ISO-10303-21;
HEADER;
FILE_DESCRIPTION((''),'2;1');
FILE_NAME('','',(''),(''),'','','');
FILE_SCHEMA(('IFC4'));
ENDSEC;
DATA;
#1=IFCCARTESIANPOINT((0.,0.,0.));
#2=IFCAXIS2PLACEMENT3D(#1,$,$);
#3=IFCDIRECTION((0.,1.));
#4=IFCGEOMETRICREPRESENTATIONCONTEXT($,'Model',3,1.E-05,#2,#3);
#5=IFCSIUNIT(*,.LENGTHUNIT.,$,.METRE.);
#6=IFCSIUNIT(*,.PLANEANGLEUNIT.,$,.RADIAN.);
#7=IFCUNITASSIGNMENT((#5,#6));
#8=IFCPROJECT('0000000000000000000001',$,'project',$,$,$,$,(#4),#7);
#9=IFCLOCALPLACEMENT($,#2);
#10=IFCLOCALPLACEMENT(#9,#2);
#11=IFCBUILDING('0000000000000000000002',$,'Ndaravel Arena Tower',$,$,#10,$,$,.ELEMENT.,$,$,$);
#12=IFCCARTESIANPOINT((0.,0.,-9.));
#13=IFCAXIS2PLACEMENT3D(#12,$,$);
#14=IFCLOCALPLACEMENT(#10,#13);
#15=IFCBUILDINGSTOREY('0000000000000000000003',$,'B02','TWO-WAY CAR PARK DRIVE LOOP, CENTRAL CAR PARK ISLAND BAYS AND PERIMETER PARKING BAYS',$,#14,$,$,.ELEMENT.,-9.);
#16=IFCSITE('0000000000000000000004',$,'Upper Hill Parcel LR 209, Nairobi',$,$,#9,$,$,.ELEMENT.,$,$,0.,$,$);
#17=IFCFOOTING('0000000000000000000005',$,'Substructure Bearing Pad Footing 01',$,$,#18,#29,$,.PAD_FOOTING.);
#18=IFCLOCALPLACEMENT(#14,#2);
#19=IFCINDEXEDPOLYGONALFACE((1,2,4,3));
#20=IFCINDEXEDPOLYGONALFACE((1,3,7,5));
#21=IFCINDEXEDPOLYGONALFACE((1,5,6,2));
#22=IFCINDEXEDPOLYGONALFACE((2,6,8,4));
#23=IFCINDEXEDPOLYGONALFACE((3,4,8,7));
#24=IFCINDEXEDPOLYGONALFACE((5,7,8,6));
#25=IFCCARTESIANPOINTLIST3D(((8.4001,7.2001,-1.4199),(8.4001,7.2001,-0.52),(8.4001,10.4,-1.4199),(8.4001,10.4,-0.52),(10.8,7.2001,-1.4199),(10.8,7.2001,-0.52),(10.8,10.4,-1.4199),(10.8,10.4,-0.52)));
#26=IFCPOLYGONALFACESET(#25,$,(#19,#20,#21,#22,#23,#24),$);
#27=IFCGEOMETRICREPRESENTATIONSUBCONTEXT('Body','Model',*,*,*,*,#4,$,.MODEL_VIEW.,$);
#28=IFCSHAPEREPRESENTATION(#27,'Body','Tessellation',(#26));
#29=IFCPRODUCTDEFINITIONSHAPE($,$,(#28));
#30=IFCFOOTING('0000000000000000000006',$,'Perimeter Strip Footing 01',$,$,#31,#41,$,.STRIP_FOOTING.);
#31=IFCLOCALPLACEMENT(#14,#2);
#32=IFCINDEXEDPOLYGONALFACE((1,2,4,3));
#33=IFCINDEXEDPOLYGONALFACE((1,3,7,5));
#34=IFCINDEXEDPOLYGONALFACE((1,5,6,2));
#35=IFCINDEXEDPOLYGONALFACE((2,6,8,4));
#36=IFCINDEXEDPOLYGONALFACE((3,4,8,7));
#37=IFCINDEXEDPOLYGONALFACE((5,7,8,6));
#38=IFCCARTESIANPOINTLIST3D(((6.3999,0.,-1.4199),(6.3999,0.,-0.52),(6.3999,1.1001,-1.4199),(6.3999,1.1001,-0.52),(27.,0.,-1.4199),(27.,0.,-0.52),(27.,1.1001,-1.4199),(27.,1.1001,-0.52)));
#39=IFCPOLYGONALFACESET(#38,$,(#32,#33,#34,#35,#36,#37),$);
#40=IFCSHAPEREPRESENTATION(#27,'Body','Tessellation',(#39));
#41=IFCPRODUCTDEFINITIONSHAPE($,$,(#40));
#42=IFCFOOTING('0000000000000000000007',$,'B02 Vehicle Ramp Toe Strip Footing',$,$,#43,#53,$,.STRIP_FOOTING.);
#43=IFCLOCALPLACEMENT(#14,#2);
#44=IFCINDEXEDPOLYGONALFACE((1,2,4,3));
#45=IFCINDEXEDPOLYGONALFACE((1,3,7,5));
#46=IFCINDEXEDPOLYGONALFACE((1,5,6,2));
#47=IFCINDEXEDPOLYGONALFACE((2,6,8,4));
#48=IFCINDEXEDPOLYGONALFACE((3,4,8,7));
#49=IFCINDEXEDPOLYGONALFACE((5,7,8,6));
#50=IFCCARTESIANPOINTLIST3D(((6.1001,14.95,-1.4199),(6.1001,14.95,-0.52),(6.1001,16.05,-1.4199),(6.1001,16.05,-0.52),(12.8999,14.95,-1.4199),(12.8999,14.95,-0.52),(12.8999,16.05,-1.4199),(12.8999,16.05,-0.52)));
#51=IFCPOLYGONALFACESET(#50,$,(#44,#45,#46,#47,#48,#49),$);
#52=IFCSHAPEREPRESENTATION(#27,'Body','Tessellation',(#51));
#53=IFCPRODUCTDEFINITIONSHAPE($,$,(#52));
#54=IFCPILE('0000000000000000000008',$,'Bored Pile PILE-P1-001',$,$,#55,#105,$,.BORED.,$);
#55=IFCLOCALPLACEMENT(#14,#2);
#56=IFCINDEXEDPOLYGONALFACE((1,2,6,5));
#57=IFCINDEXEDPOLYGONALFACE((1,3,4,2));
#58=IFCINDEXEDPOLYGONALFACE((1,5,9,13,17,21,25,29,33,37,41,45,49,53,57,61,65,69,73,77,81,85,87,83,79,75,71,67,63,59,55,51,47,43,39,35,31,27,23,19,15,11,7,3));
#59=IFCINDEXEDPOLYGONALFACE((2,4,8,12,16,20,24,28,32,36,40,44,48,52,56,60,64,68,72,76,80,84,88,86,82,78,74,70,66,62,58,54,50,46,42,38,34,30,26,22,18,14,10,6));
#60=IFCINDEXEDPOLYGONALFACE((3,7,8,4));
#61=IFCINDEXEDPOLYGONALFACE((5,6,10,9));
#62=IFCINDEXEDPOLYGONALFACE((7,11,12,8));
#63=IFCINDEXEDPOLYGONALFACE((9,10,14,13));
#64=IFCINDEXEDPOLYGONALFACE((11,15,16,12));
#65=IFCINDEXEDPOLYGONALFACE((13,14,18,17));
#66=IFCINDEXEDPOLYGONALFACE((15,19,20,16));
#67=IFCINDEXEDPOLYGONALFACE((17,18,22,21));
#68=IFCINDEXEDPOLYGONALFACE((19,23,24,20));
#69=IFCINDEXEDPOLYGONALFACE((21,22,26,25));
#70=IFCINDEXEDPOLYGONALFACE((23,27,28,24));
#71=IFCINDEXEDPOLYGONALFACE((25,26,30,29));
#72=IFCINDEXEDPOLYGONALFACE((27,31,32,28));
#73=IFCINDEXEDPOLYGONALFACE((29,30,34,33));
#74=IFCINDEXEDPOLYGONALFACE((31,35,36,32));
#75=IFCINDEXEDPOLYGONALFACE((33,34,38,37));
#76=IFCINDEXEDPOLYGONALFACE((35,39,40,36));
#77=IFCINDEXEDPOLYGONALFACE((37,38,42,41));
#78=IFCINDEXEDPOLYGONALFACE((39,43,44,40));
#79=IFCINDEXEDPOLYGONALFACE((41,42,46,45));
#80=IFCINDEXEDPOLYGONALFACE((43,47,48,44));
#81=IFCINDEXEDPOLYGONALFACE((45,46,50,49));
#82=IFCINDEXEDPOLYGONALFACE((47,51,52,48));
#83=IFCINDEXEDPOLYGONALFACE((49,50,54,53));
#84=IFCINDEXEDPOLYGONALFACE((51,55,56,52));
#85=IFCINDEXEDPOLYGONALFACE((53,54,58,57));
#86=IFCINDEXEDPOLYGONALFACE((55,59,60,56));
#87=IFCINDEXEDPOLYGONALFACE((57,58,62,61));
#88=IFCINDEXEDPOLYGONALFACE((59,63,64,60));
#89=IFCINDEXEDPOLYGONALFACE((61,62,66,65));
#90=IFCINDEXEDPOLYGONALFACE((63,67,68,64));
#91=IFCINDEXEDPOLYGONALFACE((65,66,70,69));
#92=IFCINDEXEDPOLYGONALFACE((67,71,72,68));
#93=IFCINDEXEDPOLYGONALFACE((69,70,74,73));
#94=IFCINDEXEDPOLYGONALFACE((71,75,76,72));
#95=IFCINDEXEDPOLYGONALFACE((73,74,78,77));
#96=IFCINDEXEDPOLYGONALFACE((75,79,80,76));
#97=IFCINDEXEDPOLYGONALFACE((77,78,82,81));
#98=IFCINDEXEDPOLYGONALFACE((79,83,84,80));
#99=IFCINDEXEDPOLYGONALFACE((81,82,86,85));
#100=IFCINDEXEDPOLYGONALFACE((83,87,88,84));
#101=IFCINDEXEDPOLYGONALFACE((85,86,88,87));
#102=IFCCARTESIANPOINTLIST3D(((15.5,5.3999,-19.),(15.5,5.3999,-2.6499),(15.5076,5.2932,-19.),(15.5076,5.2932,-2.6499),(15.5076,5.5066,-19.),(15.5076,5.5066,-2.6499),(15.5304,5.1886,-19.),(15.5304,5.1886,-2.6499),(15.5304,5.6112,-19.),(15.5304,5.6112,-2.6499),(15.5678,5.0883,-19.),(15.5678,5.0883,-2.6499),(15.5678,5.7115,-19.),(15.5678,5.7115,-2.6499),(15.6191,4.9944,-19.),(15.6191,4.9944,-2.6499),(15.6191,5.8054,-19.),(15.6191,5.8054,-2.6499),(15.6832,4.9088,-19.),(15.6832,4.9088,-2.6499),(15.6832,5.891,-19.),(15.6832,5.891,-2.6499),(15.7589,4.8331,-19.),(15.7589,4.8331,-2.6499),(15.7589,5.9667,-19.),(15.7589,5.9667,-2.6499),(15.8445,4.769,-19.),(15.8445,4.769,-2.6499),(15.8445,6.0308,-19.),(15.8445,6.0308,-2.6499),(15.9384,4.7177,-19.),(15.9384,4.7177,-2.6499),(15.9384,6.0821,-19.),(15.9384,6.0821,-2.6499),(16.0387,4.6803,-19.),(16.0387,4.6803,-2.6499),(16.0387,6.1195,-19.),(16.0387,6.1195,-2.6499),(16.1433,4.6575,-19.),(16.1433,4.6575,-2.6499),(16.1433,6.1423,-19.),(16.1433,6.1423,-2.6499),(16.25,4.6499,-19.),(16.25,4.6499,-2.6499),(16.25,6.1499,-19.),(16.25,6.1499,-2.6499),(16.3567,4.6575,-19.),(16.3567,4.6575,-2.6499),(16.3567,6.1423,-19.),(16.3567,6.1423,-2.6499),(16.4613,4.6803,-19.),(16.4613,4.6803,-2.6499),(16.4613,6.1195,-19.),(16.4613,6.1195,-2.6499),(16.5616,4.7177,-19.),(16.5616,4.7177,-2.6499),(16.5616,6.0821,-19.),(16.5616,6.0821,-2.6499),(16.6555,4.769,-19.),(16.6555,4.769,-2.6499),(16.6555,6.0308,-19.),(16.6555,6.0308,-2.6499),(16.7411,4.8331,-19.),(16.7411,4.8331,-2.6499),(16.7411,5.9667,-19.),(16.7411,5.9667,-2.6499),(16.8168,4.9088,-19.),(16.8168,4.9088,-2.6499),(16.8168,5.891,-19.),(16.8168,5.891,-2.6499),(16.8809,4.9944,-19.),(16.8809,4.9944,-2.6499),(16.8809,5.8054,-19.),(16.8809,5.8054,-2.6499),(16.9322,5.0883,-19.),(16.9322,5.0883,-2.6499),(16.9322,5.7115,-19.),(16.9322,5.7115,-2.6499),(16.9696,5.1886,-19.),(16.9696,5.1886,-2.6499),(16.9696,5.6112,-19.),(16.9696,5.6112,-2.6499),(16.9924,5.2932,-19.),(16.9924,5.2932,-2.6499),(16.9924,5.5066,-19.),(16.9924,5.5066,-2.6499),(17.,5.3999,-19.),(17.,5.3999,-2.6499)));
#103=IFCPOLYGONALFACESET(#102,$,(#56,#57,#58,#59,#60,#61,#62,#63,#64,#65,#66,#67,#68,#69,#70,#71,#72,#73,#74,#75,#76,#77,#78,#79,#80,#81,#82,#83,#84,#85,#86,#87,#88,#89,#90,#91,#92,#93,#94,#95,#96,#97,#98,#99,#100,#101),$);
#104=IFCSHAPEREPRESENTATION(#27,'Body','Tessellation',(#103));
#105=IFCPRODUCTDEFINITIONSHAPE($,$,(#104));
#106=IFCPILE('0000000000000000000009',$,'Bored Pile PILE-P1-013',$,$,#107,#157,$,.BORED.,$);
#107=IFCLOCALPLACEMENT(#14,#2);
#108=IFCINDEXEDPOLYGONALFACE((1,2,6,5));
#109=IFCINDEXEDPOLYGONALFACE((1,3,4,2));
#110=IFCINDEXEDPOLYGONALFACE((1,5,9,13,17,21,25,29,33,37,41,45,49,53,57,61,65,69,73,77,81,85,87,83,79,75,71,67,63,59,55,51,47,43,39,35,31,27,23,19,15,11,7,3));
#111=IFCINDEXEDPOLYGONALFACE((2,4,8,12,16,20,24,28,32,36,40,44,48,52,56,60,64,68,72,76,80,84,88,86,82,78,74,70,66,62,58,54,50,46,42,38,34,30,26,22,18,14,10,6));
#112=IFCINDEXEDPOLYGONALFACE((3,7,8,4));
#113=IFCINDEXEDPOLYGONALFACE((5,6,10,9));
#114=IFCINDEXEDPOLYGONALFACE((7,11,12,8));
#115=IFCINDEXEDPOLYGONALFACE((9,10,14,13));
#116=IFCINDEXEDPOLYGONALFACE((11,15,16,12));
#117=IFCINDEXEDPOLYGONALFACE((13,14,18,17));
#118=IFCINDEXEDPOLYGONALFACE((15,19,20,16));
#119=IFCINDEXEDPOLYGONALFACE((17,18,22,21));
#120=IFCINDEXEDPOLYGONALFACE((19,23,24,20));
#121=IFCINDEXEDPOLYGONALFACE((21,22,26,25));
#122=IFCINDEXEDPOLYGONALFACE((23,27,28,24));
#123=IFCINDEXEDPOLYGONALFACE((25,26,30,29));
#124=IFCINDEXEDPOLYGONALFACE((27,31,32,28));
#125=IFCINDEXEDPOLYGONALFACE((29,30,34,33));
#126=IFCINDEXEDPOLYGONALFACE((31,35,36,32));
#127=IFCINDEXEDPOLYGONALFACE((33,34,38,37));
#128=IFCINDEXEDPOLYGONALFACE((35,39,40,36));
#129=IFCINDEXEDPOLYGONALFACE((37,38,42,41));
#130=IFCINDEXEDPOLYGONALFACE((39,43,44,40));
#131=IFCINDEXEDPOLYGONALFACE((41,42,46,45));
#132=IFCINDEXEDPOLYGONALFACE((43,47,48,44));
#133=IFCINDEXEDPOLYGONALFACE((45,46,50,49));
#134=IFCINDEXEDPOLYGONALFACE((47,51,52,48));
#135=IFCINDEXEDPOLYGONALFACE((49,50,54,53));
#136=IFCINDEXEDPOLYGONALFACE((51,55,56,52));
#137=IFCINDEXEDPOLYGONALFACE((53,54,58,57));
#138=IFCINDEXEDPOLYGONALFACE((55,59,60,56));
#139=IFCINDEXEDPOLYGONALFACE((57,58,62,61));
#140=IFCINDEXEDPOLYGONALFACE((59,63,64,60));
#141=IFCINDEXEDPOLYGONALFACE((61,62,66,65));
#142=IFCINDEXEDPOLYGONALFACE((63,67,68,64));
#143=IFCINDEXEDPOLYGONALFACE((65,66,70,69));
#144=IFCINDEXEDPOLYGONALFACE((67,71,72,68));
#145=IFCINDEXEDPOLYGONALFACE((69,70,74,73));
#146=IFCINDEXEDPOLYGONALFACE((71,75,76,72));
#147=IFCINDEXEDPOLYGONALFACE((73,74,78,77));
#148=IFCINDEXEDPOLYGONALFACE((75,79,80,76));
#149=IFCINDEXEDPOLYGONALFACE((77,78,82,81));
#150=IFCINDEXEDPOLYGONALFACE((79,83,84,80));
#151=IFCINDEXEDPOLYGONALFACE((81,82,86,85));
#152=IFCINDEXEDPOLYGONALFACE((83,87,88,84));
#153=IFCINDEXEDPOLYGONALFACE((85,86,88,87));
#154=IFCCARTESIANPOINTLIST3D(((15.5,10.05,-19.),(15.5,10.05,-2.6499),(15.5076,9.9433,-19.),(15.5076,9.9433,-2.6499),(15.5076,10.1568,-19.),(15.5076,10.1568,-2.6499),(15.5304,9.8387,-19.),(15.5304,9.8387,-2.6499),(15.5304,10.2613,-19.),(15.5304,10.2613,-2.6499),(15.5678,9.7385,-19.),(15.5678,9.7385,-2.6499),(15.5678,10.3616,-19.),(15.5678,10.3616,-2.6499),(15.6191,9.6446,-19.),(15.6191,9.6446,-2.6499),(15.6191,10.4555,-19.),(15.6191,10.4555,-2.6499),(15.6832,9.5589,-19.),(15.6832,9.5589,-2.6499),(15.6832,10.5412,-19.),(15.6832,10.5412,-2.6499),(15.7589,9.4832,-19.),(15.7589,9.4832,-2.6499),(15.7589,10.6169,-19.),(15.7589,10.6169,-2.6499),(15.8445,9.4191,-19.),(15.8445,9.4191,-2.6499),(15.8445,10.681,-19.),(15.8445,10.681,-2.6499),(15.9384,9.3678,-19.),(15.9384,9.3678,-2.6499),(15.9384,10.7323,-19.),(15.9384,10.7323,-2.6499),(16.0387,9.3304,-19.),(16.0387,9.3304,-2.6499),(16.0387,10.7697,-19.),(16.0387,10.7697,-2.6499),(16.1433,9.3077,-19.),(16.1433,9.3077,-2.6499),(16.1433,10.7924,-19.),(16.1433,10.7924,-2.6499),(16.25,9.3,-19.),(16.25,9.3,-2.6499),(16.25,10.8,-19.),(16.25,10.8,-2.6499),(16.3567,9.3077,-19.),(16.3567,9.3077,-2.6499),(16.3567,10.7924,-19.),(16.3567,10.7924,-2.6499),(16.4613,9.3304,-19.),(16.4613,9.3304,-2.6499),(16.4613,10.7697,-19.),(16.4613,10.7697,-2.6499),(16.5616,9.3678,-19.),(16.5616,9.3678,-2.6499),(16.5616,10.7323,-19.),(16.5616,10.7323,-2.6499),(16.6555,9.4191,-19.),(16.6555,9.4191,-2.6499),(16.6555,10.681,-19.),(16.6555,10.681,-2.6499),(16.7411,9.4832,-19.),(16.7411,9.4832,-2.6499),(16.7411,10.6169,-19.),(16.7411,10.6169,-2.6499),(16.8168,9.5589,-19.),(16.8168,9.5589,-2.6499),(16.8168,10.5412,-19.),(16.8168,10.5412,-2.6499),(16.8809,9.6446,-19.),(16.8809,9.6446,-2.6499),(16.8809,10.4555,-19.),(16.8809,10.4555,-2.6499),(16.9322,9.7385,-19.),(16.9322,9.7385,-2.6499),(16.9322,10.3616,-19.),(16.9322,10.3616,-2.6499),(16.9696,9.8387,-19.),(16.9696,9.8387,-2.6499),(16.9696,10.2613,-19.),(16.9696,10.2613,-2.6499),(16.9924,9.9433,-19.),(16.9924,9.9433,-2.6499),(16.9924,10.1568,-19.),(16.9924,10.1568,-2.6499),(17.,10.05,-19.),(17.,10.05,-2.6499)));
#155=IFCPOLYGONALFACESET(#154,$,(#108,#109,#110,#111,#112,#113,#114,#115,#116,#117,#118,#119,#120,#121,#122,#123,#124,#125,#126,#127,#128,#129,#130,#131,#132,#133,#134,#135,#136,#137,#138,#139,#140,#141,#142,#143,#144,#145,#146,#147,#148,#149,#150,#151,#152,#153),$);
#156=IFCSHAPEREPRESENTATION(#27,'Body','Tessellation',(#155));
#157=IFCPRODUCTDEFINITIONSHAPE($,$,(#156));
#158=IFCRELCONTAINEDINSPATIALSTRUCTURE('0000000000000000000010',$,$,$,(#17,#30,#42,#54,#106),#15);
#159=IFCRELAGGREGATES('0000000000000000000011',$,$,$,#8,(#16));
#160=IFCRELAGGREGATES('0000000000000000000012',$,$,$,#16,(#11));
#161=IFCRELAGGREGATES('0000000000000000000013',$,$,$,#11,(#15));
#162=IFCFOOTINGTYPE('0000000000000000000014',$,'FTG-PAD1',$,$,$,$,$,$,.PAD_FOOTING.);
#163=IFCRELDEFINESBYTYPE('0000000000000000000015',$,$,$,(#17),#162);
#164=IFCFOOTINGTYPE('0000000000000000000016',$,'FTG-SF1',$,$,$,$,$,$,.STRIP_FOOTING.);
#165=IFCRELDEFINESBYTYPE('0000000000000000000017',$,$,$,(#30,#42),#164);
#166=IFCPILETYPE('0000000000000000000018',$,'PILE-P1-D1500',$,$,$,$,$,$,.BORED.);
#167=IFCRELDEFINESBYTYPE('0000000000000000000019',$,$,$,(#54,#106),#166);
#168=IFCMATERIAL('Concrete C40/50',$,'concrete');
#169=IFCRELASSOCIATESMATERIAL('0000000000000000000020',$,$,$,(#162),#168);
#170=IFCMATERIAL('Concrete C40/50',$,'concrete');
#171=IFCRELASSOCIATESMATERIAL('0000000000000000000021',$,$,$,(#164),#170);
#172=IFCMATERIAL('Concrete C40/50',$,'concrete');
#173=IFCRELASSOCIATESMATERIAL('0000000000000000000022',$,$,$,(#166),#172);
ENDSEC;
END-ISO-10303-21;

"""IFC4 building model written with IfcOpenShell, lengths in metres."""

from ifc_helpers import new_model, si_unit, direction, frame, origin, origin_2d, place, context, subcontext, project, spatial, rectangle, circle, extrude, material, material_profile, profile_set, type_object, element, save


model = new_model("IFC4")

# Units and contexts
model_context = context("Model", 3, precision=1e-05, world=origin(), true_north=direction((0.0, 1.0)))
body_context = subcontext(model_context, "Body", "Model", "MODEL_VIEW")
ifc_project = project(units=[si_unit("LENGTHUNIT", "METRE"), si_unit("PLANEANGLEUNIT", "RADIAN")], contexts=[model_context])

# Site, building, storey
site_placement = place(None, origin())
site = spatial("IfcSite", under=ifc_project, at=site_placement, Name="Upper Hill Parcel LR 209, Nairobi", CompositionType="ELEMENT", RefElevation=0.0)
building_placement = place(site_placement, origin())
building = spatial("IfcBuilding", under=site, at=building_placement, Name="Ndaravel Arena Tower", CompositionType="ELEMENT")
storey_placement = place(building_placement, frame((0.0, 0.0, -9.0)))
storey = spatial("IfcBuildingStorey", under=building, at=storey_placement, Name="B02", Description="TWO-WAY CAR PARK DRIVE LOOP, CENTRAL CAR PARK ISLAND BAYS AND PERIMETER PARKING BAYS", CompositionType="ELEMENT", Elevation=-9.0)

# Footings
ifc_material_1 = material(Name="Concrete C40/50", Category="concrete")
footing_type_1 = type_object("IfcFootingType", Name="FTG-PAD1", PredefinedType="PAD_FOOTING", material=ifc_material_1)
footing_1_placement = place(storey_placement, frame((9.6001, 8.8, -1.4199), z_axis=(0.0, 0.0, 1.0), x_axis=(1.0, 0.0, 0.0)))
element("IfcFooting", 1, at=footing_1_placement, inside=storey, type_object=footing_type_1, Name="Substructure Bearing Pad Footing 01", PredefinedType="PAD_FOOTING", context=body_context, shape_type="SweptSolid", body=[
    extrude(rectangle(XDim=2.3999, YDim=3.2, at=origin_2d()), origin(), (0.0, 0.0, 1.0), 0.8999),
])
ifc_material_2 = material(Name="Concrete C40/50", Category="concrete")
ifc_material_profile_1 = material_profile(ifc_material_2, rectangle(XDim=1.1001, YDim=0.8999, at=origin_2d()), Name="RC 1100x900")
ifc_profile_set_1 = profile_set([ifc_material_profile_1], Name="Concrete C40/50")
footing_type_2 = type_object("IfcFootingType", Name="FTG-SF1", PredefinedType="STRIP_FOOTING", material=ifc_profile_set_1)
footing_2_placement = place(storey_placement, frame((6.3999, 0.55, -0.97), z_axis=(1.0, 0.0, 0.0), x_axis=(0.0, 1.0, 0.0)))
element("IfcFooting", 2, at=footing_2_placement, inside=storey, type_object=footing_type_2, Name="Perimeter Strip Footing 01", PredefinedType="STRIP_FOOTING", context=body_context, shape_type="SweptSolid", body=[
    extrude(rectangle(XDim=1.1001, YDim=0.8999, at=origin_2d()), origin(), (0.0, 0.0, 1.0), 20.6001),
])
footing_3_placement = place(storey_placement, frame((6.1001, 15.5, -0.97), z_axis=(1.0, 0.0, 0.0), x_axis=(0.0, 1.0, 0.0)))
element("IfcFooting", 3, at=footing_3_placement, inside=storey, type_object=footing_type_2, Name="B02 Vehicle Ramp Toe Strip Footing", PredefinedType="STRIP_FOOTING", context=body_context, shape_type="SweptSolid", body=[
    extrude(rectangle(XDim=1.1001, YDim=0.8999, at=origin_2d()), origin(), (0.0, 0.0, 1.0), 6.7998),
])

# Piles
ifc_material_3 = material(Name="Concrete C40/50", Category="concrete")
ifc_material_profile_2 = material_profile(ifc_material_3, circle(Radius=0.75, at=origin_2d()), Name="BORED PILE D1500")
ifc_profile_set_2 = profile_set([ifc_material_profile_2], Name="Concrete C40/50")
pile_type = type_object("IfcPileType", Name="PILE-P1-D1500", PredefinedType="BORED", material=ifc_profile_set_2)
for number, where, z_axis, x_axis, name in (
    (4, (16.25, 5.3999, -2.6499), (0.0, 0.0, -1.0), (1.0, 0.0, 0.0), "Bored Pile PILE-P1-001"),
    (5, (16.25, 10.05, -2.6499), (0.0, 0.0, -1.0), (1.0, 0.0, 0.0), "Bored Pile PILE-P1-013"),
):
    element("IfcPile", number, at=place(storey_placement, frame(where, z_axis=z_axis, x_axis=x_axis)), inside=storey, type_object=pile_type, Name=name, PredefinedType="BORED", context=body_context, shape_type="SweptSolid", body=[
        extrude(circle(Radius=0.75, at=origin_2d()), origin(), (0.0, 0.0, 1.0), 16.3501),
    ])

save(model, "model.ifc")
